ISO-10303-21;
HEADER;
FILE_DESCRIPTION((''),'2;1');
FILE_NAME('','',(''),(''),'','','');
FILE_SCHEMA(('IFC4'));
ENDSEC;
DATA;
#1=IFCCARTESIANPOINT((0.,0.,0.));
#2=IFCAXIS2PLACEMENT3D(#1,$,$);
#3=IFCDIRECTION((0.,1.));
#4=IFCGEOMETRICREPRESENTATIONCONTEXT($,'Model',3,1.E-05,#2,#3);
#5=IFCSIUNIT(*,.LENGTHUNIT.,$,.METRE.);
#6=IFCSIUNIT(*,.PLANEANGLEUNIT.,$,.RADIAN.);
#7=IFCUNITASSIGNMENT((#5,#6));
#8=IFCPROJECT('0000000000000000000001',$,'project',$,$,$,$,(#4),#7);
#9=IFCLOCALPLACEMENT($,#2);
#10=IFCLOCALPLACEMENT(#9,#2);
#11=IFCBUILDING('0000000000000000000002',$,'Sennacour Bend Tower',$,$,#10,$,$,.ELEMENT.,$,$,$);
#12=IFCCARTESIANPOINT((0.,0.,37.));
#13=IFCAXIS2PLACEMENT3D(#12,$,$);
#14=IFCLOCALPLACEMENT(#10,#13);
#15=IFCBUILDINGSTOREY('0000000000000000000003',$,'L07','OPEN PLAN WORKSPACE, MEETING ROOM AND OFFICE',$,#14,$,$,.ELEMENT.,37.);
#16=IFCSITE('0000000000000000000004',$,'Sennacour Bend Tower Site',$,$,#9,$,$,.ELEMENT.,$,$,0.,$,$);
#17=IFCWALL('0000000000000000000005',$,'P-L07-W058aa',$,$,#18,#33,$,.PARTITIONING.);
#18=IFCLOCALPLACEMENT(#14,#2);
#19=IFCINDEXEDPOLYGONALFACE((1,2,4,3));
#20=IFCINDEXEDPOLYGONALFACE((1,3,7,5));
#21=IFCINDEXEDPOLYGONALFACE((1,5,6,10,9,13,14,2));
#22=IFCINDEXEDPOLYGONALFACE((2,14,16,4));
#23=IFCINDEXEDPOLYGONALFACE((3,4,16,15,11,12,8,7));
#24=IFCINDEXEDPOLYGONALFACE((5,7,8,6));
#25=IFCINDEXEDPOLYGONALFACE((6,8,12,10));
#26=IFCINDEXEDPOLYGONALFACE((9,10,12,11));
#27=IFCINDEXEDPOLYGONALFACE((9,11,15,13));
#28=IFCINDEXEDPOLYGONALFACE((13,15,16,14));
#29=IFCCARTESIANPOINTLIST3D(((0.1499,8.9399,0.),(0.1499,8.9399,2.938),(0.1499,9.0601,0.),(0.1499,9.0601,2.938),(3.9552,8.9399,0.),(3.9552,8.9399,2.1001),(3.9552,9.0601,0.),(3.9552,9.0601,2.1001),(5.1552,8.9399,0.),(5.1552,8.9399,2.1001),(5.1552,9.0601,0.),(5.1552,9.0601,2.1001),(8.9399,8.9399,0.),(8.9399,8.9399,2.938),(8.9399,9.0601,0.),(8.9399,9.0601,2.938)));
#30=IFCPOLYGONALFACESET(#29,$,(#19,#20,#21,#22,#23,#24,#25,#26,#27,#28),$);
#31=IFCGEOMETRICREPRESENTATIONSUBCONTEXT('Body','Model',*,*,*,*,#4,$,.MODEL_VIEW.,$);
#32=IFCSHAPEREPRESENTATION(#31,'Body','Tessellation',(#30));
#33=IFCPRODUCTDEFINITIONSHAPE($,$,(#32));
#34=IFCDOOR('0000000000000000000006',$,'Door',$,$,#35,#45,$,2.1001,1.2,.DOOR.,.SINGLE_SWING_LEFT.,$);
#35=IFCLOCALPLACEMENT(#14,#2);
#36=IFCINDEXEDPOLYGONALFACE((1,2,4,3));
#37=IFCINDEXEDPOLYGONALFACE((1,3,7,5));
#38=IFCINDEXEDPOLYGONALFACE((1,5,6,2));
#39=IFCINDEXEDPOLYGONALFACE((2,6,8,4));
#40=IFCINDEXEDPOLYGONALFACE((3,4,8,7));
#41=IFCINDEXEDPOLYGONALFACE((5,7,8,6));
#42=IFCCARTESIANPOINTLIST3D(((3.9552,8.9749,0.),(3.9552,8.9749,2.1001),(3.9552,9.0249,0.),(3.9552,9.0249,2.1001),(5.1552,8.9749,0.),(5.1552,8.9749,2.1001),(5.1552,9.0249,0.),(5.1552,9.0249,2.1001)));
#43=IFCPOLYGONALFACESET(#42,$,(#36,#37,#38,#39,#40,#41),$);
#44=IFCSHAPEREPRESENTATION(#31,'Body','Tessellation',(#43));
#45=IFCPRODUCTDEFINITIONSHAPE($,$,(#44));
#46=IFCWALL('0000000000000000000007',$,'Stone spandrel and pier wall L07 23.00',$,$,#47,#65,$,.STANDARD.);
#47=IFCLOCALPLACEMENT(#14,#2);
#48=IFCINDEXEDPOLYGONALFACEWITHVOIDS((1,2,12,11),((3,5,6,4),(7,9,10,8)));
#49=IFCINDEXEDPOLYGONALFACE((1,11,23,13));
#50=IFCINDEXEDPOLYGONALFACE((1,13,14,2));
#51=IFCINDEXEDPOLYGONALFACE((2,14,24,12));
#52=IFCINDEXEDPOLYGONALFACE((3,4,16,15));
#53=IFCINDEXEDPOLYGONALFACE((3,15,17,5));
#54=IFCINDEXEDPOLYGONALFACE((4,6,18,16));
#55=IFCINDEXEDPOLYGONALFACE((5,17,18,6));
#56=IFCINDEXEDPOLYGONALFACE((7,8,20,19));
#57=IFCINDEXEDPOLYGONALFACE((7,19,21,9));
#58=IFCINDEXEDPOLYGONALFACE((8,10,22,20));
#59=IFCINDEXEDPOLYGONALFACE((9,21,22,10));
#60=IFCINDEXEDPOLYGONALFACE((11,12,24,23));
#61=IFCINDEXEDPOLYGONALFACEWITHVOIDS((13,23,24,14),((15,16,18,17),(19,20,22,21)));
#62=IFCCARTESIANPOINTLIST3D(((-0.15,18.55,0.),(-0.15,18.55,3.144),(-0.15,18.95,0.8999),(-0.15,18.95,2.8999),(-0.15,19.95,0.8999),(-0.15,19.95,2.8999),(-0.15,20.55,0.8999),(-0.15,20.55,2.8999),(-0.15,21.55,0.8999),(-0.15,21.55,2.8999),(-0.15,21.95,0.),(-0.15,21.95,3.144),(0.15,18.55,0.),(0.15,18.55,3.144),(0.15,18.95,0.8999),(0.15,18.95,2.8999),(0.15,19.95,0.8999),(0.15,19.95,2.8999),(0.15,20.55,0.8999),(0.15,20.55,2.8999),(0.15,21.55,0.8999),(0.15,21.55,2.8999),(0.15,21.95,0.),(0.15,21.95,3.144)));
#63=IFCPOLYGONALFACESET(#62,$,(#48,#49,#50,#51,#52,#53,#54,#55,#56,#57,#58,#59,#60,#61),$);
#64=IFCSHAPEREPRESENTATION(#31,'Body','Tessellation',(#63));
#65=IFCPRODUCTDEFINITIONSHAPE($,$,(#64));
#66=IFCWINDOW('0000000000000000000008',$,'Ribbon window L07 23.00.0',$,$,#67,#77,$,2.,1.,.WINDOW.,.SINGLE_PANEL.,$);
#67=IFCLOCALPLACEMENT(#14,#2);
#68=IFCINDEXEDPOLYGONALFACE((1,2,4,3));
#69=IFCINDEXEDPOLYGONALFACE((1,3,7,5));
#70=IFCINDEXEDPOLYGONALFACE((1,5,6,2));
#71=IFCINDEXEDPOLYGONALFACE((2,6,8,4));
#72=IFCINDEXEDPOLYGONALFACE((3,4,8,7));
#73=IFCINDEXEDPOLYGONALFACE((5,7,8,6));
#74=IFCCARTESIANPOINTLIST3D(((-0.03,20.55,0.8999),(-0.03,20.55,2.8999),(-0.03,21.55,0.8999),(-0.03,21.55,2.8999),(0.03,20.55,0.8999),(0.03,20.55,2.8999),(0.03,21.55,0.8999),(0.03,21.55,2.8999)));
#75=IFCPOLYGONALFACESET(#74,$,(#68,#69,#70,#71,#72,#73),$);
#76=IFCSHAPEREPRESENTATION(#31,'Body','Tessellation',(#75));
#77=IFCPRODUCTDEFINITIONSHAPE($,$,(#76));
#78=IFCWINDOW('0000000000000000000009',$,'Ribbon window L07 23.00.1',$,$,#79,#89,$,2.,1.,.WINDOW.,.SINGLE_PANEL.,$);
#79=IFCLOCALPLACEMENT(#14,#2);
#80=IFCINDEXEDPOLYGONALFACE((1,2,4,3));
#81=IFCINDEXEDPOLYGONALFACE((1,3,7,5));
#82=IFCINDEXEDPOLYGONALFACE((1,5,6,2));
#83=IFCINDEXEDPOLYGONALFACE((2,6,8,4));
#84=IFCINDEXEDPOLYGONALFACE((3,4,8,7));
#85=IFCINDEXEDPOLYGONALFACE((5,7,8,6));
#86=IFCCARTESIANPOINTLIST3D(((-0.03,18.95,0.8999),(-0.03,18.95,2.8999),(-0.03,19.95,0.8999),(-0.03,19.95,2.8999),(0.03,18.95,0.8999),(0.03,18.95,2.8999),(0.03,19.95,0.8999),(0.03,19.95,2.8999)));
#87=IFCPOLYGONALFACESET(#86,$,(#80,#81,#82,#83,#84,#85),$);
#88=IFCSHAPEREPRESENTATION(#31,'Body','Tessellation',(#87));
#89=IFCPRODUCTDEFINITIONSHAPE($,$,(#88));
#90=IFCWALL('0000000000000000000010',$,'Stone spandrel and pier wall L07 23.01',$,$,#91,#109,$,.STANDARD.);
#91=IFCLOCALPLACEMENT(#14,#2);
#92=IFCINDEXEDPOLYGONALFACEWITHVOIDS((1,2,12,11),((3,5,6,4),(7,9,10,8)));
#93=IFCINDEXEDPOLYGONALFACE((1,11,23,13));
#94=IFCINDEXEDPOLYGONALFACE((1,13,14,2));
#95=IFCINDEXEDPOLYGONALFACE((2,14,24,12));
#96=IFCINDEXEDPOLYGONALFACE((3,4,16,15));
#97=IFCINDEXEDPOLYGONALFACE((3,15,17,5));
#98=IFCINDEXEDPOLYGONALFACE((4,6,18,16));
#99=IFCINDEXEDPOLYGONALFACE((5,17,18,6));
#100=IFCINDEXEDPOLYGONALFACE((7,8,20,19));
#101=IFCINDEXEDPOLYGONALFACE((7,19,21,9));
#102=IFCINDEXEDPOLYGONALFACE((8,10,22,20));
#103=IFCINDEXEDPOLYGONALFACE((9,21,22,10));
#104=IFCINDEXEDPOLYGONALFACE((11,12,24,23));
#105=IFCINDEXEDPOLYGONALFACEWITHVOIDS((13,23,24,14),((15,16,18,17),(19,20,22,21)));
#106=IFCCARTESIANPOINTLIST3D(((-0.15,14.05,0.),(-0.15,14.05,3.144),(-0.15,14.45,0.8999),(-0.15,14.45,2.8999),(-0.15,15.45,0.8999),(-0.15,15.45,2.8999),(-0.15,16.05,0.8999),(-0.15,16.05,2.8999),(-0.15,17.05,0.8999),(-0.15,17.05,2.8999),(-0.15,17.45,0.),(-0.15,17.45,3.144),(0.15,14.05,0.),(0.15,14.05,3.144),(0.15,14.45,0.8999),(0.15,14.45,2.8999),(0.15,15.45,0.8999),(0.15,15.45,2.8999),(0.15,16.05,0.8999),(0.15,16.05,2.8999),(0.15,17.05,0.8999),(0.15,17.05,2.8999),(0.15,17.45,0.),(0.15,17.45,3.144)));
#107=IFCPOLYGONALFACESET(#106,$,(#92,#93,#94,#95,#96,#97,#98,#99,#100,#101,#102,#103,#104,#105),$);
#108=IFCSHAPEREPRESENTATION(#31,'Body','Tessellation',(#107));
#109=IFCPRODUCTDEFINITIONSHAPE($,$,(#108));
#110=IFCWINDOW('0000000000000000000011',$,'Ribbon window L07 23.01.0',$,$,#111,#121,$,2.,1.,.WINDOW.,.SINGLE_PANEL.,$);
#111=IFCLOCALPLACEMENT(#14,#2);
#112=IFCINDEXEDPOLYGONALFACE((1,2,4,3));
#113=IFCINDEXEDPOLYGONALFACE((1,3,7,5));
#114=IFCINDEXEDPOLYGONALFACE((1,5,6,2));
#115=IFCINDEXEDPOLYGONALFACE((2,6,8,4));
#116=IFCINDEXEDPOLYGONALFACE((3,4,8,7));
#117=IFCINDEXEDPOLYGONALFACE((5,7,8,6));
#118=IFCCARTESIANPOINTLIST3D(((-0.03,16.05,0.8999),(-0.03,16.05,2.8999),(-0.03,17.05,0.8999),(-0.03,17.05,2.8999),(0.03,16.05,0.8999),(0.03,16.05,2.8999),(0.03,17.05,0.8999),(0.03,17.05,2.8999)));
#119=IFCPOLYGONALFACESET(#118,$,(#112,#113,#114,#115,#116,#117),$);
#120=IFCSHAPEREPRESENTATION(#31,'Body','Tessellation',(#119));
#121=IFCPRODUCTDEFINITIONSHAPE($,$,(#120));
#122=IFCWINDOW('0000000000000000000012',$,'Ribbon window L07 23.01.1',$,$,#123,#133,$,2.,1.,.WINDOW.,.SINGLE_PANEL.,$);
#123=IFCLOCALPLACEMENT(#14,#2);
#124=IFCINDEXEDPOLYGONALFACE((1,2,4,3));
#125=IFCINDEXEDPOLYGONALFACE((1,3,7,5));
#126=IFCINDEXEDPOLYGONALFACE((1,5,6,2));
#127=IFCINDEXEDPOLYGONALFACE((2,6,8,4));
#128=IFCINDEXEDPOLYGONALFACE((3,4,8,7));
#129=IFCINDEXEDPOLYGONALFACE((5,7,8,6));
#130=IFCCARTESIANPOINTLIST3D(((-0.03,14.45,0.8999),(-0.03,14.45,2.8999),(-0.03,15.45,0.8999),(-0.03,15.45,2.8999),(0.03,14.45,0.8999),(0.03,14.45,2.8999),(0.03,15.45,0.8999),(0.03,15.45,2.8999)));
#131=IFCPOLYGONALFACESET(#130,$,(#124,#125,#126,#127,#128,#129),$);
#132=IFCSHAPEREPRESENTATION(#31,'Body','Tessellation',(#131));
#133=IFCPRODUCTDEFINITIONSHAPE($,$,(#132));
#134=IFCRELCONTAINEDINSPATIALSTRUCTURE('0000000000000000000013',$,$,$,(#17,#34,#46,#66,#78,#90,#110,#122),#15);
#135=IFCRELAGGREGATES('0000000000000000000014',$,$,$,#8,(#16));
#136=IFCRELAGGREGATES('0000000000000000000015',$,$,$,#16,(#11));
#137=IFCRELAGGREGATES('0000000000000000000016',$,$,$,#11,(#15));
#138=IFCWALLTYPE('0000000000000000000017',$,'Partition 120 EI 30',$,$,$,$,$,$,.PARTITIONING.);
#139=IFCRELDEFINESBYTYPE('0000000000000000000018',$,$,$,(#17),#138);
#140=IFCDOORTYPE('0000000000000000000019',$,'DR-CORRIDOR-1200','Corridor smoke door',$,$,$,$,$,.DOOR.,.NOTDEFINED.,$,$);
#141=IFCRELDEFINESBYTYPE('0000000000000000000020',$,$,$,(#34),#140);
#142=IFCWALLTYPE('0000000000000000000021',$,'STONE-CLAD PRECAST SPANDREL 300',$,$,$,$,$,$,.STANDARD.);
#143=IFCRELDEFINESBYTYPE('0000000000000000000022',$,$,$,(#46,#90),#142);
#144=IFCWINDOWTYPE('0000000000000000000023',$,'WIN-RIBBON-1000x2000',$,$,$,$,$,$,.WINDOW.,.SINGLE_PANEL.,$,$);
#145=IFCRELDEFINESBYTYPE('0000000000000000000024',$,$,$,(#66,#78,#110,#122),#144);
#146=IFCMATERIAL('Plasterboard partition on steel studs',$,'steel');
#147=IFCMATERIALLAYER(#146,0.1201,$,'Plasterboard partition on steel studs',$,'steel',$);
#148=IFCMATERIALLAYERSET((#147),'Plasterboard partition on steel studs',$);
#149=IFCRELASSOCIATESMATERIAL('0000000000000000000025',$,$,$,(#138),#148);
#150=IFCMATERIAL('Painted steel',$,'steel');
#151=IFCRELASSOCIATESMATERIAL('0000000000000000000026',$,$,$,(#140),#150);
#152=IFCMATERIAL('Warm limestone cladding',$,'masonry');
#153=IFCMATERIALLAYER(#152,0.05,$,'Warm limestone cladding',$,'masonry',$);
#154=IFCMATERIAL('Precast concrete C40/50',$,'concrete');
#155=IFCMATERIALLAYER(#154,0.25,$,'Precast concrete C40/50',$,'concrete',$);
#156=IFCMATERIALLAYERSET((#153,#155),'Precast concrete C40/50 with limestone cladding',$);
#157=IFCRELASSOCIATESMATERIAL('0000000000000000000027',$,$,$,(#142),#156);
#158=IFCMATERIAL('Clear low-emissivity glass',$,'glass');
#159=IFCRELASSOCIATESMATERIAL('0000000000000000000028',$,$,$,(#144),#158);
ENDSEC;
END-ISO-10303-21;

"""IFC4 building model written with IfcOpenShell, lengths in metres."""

from ifc_helpers import new_model, si_unit, direction, frame, frame_2d, origin, place, context, subcontext, project, spatial, rectangle, extrude, material, layer, layer_set, type_object, element, fill, save


model = new_model("IFC4")

# Units and contexts
model_context = context("Model", 3, precision=1e-05, world=origin(), true_north=direction((0.0, 1.0)))
body_context = subcontext(model_context, "Body", "Model", "MODEL_VIEW")
ifc_project = project(units=[si_unit("LENGTHUNIT", "METRE"), si_unit("PLANEANGLEUNIT", "RADIAN")], contexts=[model_context])

# Site, building, storey
site_placement = place(None, origin())
site = spatial("IfcSite", under=ifc_project, at=site_placement, Name="Sennacour Bend Tower Site", CompositionType="ELEMENT", RefElevation=0.0)
building_placement = place(site_placement, origin())
building = spatial("IfcBuilding", under=site, at=building_placement, Name="Sennacour Bend Tower", CompositionType="ELEMENT")
storey_placement = place(building_placement, frame((0.0, 0.0, 37.0)))
storey = spatial("IfcBuildingStorey", under=building, at=storey_placement, Name="L07", Description="OPEN PLAN WORKSPACE, MEETING ROOM AND OFFICE", CompositionType="ELEMENT", Elevation=37.0)

# Shared definitions
ifc_material_1 = material(Name="Plasterboard partition on steel studs", Category="steel")

# Wall, opening, door
ifc_layer_1 = layer(ifc_material_1, 0.1201, Name="Plasterboard partition on steel studs", Category="steel")
ifc_layer_set_1 = layer_set([ifc_layer_1], Name="Plasterboard partition on steel studs")
wall_type_1 = type_object("IfcWallType", Name="Partition 120 EI 30", PredefinedType="PARTITIONING", material=ifc_layer_set_1)
wall_1_placement = place(storey_placement, frame((0.1499, 9.0, 0.0), z_axis=(0.0, 0.0, 1.0), x_axis=(1.0, 0.0, 0.0)))
wall_1 = element("IfcWall", 1, at=wall_1_placement, inside=storey, type_object=wall_type_1, Name="P-L07-W058aa", PredefinedType="PARTITIONING", context=body_context, shape_type="SweptSolid", body=[
    extrude(rectangle(XDim=8.79, YDim=0.1201, at=frame_2d((4.395, 0.0))), origin(), (0.0, 0.0, 1.0), 2.938),
])
opening_1_placement = place(wall_1_placement, frame((3.8052, 0.0, 0.0)))
opening_1 = element("IfcOpeningElement", 2, at=opening_1_placement, cuts=wall_1, PredefinedType="OPENING", context=body_context, shape_type="SweptSolid", body=[
    extrude(rectangle(XDim=1.2, YDim=2.1001, at=frame_2d((0.6001, 1.05))), frame((0.0, 0.0701, 0.0), z_axis=(0.0, -1.0, 0.0), x_axis=(1.0, 0.0, 0.0)), (0.0, 0.0, 1.0), 0.1401),
])
ifc_material_2 = material(Name="Painted steel", Category="steel")
door_type = type_object("IfcDoorType", Name="DR-CORRIDOR-1200", Description="Corridor smoke door", OperationType="NOTDEFINED", PredefinedType="DOOR", material=ifc_material_2)
door_placement = place(opening_1_placement, origin())
door = element("IfcDoor", 3, at=door_placement, inside=storey, type_object=door_type, Name="Door", OperationType="SINGLE_SWING_LEFT", OverallHeight=2.1001, OverallWidth=1.2, PredefinedType="DOOR", context=body_context, shape_type="SweptSolid", body=[
    extrude(rectangle(XDim=1.2, YDim=2.1001, at=frame_2d((0.6001, 1.05))), frame((0.0, 0.0249, 0.0), z_axis=(0.0, -1.0, 0.0), x_axis=(1.0, 0.0, 0.0)), (0.0, 0.0, 1.0), 0.05),
])
fill(opening_1, door)

# Walls, openings, windows
ifc_material_3 = material(Name="Warm limestone cladding", Category="masonry")
ifc_layer_2 = layer(ifc_material_3, 0.05, Name="Warm limestone cladding", Category="masonry")
ifc_material_4 = material(Name="Precast concrete C40/50", Category="concrete")
ifc_layer_3 = layer(ifc_material_4, 0.25, Name="Precast concrete C40/50", Category="concrete")
ifc_layer_set_2 = layer_set([ifc_layer_2, ifc_layer_3], Name="Precast concrete C40/50 with limestone cladding")
wall_type_2 = type_object("IfcWallType", Name="STONE-CLAD PRECAST SPANDREL 300", PredefinedType="STANDARD", material=ifc_layer_set_2)
wall_2_placement = place(storey_placement, frame((0.0, 21.95, 0.0), z_axis=(0.0, 0.0, 1.0), x_axis=(0.0, -1.0, 0.0)))
wall_2 = element("IfcWall", 4, at=wall_2_placement, inside=storey, type_object=wall_type_2, Name="Stone spandrel and pier wall L07 23.00", PredefinedType="STANDARD", context=body_context, shape_type="SweptSolid", body=[
    extrude(rectangle(XDim=3.3999, YDim=0.3, at=frame_2d((1.7, 0.0))), origin(), (0.0, 0.0, 1.0), 3.144),
])
opening_2_placement = place(wall_2_placement, frame((0.3999, 0.0, 0.8999)))
opening_2 = element("IfcOpeningElement", 5, at=opening_2_placement, cuts=wall_2, PredefinedType="OPENING", context=body_context, shape_type="SweptSolid", body=[
    extrude(rectangle(XDim=1.0, YDim=2.0, at=frame_2d((0.5, 1.0))), frame((0.0, 0.1602, 0.0), z_axis=(0.0, -1.0, 0.0), x_axis=(1.0, 0.0, 0.0)), (0.0, 0.0, 1.0), 0.3201),
])
opening_3_placement = place(wall_2_placement, frame((2.0, 0.0, 0.8999)))
opening_3 = element("IfcOpeningElement", 6, at=opening_3_placement, cuts=wall_2, PredefinedType="OPENING", context=body_context, shape_type="SweptSolid", body=[
    extrude(rectangle(XDim=1.0, YDim=2.0, at=frame_2d((0.5, 1.0))), frame((0.0, 0.1602, 0.0), z_axis=(0.0, -1.0, 0.0), x_axis=(1.0, 0.0, 0.0)), (0.0, 0.0, 1.0), 0.3201),
])
ifc_material_5 = material(Name="Clear low-emissivity glass", Category="glass")
window_type = type_object("IfcWindowType", Name="WIN-RIBBON-1000x2000", PartitioningType="SINGLE_PANEL", PredefinedType="WINDOW", material=ifc_material_5)
window_1_placement = place(opening_2_placement, origin())
window_1 = element("IfcWindow", 7, at=window_1_placement, inside=storey, type_object=window_type, Name="Ribbon window L07 23.00.0", OverallHeight=2.0, OverallWidth=1.0, PartitioningType="SINGLE_PANEL", PredefinedType="WINDOW", context=body_context, shape_type="SweptSolid", body=[
    extrude(rectangle(XDim=1.0, YDim=2.0, at=frame_2d((0.5, 1.0))), frame((0.0, 0.03, 0.0), z_axis=(0.0, -1.0, 0.0), x_axis=(1.0, 0.0, 0.0)), (0.0, 0.0, 1.0), 0.0601),
])
fill(opening_2, window_1)
window_2_placement = place(opening_3_placement, origin())
window_2 = element("IfcWindow", 8, at=window_2_placement, inside=storey, type_object=window_type, Name="Ribbon window L07 23.00.1", OverallHeight=2.0, OverallWidth=1.0, PartitioningType="SINGLE_PANEL", PredefinedType="WINDOW", context=body_context, shape_type="SweptSolid", body=[
    extrude(rectangle(XDim=1.0, YDim=2.0, at=frame_2d((0.5, 1.0))), frame((0.0, 0.03, 0.0), z_axis=(0.0, -1.0, 0.0), x_axis=(1.0, 0.0, 0.0)), (0.0, 0.0, 1.0), 0.0601),
])
fill(opening_3, window_2)
wall_3_placement = place(storey_placement, frame((0.0, 17.45, 0.0), z_axis=(0.0, 0.0, 1.0), x_axis=(0.0, -1.0, 0.0)))
wall_3 = element("IfcWall", 9, at=wall_3_placement, inside=storey, type_object=wall_type_2, Name="Stone spandrel and pier wall L07 23.01", PredefinedType="STANDARD", context=body_context, shape_type="SweptSolid", body=[
    extrude(rectangle(XDim=3.3999, YDim=0.3, at=frame_2d((1.7, 0.0))), origin(), (0.0, 0.0, 1.0), 3.144),
])
opening_4_placement = place(wall_3_placement, frame((0.3999, 0.0, 0.8999)))
opening_4 = element("IfcOpeningElement", 10, at=opening_4_placement, cuts=wall_3, PredefinedType="OPENING", context=body_context, shape_type="SweptSolid", body=[
    extrude(rectangle(XDim=1.0, YDim=2.0, at=frame_2d((0.5, 1.0))), frame((0.0, 0.1602, 0.0), z_axis=(0.0, -1.0, 0.0), x_axis=(1.0, 0.0, 0.0)), (0.0, 0.0, 1.0), 0.3201),
])
opening_5_placement = place(wall_3_placement, frame((2.0, 0.0, 0.8999)))
opening_5 = element("IfcOpeningElement", 11, at=opening_5_placement, cuts=wall_3, PredefinedType="OPENING", context=body_context, shape_type="SweptSolid", body=[
    extrude(rectangle(XDim=1.0, YDim=2.0, at=frame_2d((0.5, 1.0))), frame((0.0, 0.1602, 0.0), z_axis=(0.0, -1.0, 0.0), x_axis=(1.0, 0.0, 0.0)), (0.0, 0.0, 1.0), 0.3201),
])
window_3_placement = place(opening_4_placement, origin())
window_3 = element("IfcWindow", 12, at=window_3_placement, inside=storey, type_object=window_type, Name="Ribbon window L07 23.01.0", OverallHeight=2.0, OverallWidth=1.0, PartitioningType="SINGLE_PANEL", PredefinedType="WINDOW", context=body_context, shape_type="SweptSolid", body=[
    extrude(rectangle(XDim=1.0, YDim=2.0, at=frame_2d((0.5, 1.0))), frame((0.0, 0.03, 0.0), z_axis=(0.0, -1.0, 0.0), x_axis=(1.0, 0.0, 0.0)), (0.0, 0.0, 1.0), 0.0601),
])
fill(opening_4, window_3)
window_4_placement = place(opening_5_placement, origin())
window_4 = element("IfcWindow", 13, at=window_4_placement, inside=storey, type_object=window_type, Name="Ribbon window L07 23.01.1", OverallHeight=2.0, OverallWidth=1.0, PartitioningType="SINGLE_PANEL", PredefinedType="WINDOW", context=body_context, shape_type="SweptSolid", body=[
    extrude(rectangle(XDim=1.0, YDim=2.0, at=frame_2d((0.5, 1.0))), frame((0.0, 0.03, 0.0), z_axis=(0.0, -1.0, 0.0), x_axis=(1.0, 0.0, 0.0)), (0.0, 0.0, 1.0), 0.0601),
])
fill(opening_5, window_4)

save(model, "model.ifc")
